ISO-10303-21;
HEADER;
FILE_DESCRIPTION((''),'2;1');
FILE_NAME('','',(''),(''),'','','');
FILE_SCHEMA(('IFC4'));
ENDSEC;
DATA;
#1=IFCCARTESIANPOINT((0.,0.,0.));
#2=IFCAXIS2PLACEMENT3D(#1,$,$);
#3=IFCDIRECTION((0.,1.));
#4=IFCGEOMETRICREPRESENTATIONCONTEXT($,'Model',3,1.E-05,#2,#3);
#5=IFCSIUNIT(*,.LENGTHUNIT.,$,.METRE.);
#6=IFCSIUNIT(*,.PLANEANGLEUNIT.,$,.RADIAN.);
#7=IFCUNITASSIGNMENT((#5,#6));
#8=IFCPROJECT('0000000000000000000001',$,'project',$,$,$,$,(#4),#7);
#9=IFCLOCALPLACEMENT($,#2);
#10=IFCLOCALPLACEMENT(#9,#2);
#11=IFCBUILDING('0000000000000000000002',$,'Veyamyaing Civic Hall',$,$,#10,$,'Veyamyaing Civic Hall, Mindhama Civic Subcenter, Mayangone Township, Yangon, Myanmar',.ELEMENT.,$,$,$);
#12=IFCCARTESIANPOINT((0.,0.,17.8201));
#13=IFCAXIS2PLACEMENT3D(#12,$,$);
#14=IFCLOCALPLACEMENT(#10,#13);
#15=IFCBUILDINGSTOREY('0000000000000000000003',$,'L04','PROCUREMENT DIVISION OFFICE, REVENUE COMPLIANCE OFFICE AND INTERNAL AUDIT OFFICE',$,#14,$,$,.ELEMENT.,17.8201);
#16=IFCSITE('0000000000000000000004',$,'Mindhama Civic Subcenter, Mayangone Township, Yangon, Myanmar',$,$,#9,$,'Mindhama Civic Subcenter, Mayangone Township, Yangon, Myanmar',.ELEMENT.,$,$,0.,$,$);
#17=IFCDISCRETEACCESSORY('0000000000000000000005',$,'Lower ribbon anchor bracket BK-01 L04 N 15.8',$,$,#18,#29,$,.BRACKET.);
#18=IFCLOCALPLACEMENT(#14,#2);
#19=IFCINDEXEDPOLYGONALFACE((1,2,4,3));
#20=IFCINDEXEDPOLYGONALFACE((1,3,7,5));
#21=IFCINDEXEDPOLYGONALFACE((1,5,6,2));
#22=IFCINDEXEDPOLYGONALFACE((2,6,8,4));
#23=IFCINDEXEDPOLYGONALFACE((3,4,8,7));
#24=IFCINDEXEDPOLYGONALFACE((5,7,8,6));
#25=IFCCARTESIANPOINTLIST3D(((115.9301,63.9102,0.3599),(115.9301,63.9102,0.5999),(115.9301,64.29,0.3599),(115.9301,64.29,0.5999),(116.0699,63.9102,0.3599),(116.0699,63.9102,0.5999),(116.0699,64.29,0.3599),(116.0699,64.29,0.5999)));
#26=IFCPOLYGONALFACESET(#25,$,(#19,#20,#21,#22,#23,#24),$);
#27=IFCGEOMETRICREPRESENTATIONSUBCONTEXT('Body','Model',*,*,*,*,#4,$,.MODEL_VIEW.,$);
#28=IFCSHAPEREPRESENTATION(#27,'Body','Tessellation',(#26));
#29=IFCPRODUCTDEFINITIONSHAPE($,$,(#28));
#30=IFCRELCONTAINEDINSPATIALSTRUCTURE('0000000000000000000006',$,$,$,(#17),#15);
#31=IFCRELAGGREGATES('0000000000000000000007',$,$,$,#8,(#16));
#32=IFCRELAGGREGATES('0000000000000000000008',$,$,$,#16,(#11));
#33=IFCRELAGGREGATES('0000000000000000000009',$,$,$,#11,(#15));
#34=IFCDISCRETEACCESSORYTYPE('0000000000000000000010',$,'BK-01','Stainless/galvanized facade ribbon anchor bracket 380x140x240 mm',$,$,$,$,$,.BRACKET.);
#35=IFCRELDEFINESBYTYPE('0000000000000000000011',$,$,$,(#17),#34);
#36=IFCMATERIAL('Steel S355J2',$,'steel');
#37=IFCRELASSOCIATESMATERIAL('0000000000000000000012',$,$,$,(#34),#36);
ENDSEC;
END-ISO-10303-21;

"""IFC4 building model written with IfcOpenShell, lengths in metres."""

from ifc_helpers import new_model, si_unit, direction, frame, origin, origin_2d, place, context, subcontext, project, spatial, rectangle, extrude, material, type_object, element, save


model = new_model("IFC4")

# Units and contexts
model_context = context("Model", 3, precision=1e-05, world=origin(), true_north=direction((0.0, 1.0)))
body_context = subcontext(model_context, "Body", "Model", "MODEL_VIEW")
ifc_project = project(units=[si_unit("LENGTHUNIT", "METRE"), si_unit("PLANEANGLEUNIT", "RADIAN")], contexts=[model_context])

# Site, building, storey
site_placement = place(None, origin())
site = spatial("IfcSite", under=ifc_project, at=site_placement, Name="Mindhama Civic Subcenter, Mayangone Township, Yangon, Myanmar", LongName="Mindhama Civic Subcenter, Mayangone Township, Yangon, Myanmar", CompositionType="ELEMENT", RefElevation=0.0)
building_placement = place(site_placement, origin())
building = spatial("IfcBuilding", under=site, at=building_placement, Name="Veyamyaing Civic Hall", LongName="Veyamyaing Civic Hall, Mindhama Civic Subcenter, Mayangone Township, Yangon, Myanmar", CompositionType="ELEMENT")
storey_placement = place(building_placement, frame((0.0, 0.0, 17.8201)))
storey = spatial("IfcBuildingStorey", under=building, at=storey_placement, Name="L04", Description="PROCUREMENT DIVISION OFFICE, REVENUE COMPLIANCE OFFICE AND INTERNAL AUDIT OFFICE", CompositionType="ELEMENT", Elevation=17.8201)

# Discrete accessory
ifc_material_1 = material(Name="Steel S355J2", Category="steel")
discrete_accessory_type = type_object("IfcDiscreteAccessoryType", Name="BK-01", Description="Stainless/galvanized facade ribbon anchor bracket 380x140x240 mm", PredefinedType="BRACKET", material=ifc_material_1)
for number, where, z_axis, x_axis, name in (
    (1, (116.0, 64.1001, 0.3599), (0.0, 0.0, 1.0), (0.0, 1.0, 0.0), "Lower ribbon anchor bracket BK-01 L04 N 15.8"),
):
    element("IfcDiscreteAccessory", number, at=place(storey_placement, frame(where, z_axis=z_axis, x_axis=x_axis)), inside=storey, type_object=discrete_accessory_type, Name=name, PredefinedType="BRACKET", context=body_context, shape_type="SweptSolid", body=[
        extrude(rectangle(XDim=0.3799, YDim=0.1399, at=origin_2d()), origin(), (0.0, 0.0, 1.0), 0.24),
    ])

save(model, "model.ifc")
